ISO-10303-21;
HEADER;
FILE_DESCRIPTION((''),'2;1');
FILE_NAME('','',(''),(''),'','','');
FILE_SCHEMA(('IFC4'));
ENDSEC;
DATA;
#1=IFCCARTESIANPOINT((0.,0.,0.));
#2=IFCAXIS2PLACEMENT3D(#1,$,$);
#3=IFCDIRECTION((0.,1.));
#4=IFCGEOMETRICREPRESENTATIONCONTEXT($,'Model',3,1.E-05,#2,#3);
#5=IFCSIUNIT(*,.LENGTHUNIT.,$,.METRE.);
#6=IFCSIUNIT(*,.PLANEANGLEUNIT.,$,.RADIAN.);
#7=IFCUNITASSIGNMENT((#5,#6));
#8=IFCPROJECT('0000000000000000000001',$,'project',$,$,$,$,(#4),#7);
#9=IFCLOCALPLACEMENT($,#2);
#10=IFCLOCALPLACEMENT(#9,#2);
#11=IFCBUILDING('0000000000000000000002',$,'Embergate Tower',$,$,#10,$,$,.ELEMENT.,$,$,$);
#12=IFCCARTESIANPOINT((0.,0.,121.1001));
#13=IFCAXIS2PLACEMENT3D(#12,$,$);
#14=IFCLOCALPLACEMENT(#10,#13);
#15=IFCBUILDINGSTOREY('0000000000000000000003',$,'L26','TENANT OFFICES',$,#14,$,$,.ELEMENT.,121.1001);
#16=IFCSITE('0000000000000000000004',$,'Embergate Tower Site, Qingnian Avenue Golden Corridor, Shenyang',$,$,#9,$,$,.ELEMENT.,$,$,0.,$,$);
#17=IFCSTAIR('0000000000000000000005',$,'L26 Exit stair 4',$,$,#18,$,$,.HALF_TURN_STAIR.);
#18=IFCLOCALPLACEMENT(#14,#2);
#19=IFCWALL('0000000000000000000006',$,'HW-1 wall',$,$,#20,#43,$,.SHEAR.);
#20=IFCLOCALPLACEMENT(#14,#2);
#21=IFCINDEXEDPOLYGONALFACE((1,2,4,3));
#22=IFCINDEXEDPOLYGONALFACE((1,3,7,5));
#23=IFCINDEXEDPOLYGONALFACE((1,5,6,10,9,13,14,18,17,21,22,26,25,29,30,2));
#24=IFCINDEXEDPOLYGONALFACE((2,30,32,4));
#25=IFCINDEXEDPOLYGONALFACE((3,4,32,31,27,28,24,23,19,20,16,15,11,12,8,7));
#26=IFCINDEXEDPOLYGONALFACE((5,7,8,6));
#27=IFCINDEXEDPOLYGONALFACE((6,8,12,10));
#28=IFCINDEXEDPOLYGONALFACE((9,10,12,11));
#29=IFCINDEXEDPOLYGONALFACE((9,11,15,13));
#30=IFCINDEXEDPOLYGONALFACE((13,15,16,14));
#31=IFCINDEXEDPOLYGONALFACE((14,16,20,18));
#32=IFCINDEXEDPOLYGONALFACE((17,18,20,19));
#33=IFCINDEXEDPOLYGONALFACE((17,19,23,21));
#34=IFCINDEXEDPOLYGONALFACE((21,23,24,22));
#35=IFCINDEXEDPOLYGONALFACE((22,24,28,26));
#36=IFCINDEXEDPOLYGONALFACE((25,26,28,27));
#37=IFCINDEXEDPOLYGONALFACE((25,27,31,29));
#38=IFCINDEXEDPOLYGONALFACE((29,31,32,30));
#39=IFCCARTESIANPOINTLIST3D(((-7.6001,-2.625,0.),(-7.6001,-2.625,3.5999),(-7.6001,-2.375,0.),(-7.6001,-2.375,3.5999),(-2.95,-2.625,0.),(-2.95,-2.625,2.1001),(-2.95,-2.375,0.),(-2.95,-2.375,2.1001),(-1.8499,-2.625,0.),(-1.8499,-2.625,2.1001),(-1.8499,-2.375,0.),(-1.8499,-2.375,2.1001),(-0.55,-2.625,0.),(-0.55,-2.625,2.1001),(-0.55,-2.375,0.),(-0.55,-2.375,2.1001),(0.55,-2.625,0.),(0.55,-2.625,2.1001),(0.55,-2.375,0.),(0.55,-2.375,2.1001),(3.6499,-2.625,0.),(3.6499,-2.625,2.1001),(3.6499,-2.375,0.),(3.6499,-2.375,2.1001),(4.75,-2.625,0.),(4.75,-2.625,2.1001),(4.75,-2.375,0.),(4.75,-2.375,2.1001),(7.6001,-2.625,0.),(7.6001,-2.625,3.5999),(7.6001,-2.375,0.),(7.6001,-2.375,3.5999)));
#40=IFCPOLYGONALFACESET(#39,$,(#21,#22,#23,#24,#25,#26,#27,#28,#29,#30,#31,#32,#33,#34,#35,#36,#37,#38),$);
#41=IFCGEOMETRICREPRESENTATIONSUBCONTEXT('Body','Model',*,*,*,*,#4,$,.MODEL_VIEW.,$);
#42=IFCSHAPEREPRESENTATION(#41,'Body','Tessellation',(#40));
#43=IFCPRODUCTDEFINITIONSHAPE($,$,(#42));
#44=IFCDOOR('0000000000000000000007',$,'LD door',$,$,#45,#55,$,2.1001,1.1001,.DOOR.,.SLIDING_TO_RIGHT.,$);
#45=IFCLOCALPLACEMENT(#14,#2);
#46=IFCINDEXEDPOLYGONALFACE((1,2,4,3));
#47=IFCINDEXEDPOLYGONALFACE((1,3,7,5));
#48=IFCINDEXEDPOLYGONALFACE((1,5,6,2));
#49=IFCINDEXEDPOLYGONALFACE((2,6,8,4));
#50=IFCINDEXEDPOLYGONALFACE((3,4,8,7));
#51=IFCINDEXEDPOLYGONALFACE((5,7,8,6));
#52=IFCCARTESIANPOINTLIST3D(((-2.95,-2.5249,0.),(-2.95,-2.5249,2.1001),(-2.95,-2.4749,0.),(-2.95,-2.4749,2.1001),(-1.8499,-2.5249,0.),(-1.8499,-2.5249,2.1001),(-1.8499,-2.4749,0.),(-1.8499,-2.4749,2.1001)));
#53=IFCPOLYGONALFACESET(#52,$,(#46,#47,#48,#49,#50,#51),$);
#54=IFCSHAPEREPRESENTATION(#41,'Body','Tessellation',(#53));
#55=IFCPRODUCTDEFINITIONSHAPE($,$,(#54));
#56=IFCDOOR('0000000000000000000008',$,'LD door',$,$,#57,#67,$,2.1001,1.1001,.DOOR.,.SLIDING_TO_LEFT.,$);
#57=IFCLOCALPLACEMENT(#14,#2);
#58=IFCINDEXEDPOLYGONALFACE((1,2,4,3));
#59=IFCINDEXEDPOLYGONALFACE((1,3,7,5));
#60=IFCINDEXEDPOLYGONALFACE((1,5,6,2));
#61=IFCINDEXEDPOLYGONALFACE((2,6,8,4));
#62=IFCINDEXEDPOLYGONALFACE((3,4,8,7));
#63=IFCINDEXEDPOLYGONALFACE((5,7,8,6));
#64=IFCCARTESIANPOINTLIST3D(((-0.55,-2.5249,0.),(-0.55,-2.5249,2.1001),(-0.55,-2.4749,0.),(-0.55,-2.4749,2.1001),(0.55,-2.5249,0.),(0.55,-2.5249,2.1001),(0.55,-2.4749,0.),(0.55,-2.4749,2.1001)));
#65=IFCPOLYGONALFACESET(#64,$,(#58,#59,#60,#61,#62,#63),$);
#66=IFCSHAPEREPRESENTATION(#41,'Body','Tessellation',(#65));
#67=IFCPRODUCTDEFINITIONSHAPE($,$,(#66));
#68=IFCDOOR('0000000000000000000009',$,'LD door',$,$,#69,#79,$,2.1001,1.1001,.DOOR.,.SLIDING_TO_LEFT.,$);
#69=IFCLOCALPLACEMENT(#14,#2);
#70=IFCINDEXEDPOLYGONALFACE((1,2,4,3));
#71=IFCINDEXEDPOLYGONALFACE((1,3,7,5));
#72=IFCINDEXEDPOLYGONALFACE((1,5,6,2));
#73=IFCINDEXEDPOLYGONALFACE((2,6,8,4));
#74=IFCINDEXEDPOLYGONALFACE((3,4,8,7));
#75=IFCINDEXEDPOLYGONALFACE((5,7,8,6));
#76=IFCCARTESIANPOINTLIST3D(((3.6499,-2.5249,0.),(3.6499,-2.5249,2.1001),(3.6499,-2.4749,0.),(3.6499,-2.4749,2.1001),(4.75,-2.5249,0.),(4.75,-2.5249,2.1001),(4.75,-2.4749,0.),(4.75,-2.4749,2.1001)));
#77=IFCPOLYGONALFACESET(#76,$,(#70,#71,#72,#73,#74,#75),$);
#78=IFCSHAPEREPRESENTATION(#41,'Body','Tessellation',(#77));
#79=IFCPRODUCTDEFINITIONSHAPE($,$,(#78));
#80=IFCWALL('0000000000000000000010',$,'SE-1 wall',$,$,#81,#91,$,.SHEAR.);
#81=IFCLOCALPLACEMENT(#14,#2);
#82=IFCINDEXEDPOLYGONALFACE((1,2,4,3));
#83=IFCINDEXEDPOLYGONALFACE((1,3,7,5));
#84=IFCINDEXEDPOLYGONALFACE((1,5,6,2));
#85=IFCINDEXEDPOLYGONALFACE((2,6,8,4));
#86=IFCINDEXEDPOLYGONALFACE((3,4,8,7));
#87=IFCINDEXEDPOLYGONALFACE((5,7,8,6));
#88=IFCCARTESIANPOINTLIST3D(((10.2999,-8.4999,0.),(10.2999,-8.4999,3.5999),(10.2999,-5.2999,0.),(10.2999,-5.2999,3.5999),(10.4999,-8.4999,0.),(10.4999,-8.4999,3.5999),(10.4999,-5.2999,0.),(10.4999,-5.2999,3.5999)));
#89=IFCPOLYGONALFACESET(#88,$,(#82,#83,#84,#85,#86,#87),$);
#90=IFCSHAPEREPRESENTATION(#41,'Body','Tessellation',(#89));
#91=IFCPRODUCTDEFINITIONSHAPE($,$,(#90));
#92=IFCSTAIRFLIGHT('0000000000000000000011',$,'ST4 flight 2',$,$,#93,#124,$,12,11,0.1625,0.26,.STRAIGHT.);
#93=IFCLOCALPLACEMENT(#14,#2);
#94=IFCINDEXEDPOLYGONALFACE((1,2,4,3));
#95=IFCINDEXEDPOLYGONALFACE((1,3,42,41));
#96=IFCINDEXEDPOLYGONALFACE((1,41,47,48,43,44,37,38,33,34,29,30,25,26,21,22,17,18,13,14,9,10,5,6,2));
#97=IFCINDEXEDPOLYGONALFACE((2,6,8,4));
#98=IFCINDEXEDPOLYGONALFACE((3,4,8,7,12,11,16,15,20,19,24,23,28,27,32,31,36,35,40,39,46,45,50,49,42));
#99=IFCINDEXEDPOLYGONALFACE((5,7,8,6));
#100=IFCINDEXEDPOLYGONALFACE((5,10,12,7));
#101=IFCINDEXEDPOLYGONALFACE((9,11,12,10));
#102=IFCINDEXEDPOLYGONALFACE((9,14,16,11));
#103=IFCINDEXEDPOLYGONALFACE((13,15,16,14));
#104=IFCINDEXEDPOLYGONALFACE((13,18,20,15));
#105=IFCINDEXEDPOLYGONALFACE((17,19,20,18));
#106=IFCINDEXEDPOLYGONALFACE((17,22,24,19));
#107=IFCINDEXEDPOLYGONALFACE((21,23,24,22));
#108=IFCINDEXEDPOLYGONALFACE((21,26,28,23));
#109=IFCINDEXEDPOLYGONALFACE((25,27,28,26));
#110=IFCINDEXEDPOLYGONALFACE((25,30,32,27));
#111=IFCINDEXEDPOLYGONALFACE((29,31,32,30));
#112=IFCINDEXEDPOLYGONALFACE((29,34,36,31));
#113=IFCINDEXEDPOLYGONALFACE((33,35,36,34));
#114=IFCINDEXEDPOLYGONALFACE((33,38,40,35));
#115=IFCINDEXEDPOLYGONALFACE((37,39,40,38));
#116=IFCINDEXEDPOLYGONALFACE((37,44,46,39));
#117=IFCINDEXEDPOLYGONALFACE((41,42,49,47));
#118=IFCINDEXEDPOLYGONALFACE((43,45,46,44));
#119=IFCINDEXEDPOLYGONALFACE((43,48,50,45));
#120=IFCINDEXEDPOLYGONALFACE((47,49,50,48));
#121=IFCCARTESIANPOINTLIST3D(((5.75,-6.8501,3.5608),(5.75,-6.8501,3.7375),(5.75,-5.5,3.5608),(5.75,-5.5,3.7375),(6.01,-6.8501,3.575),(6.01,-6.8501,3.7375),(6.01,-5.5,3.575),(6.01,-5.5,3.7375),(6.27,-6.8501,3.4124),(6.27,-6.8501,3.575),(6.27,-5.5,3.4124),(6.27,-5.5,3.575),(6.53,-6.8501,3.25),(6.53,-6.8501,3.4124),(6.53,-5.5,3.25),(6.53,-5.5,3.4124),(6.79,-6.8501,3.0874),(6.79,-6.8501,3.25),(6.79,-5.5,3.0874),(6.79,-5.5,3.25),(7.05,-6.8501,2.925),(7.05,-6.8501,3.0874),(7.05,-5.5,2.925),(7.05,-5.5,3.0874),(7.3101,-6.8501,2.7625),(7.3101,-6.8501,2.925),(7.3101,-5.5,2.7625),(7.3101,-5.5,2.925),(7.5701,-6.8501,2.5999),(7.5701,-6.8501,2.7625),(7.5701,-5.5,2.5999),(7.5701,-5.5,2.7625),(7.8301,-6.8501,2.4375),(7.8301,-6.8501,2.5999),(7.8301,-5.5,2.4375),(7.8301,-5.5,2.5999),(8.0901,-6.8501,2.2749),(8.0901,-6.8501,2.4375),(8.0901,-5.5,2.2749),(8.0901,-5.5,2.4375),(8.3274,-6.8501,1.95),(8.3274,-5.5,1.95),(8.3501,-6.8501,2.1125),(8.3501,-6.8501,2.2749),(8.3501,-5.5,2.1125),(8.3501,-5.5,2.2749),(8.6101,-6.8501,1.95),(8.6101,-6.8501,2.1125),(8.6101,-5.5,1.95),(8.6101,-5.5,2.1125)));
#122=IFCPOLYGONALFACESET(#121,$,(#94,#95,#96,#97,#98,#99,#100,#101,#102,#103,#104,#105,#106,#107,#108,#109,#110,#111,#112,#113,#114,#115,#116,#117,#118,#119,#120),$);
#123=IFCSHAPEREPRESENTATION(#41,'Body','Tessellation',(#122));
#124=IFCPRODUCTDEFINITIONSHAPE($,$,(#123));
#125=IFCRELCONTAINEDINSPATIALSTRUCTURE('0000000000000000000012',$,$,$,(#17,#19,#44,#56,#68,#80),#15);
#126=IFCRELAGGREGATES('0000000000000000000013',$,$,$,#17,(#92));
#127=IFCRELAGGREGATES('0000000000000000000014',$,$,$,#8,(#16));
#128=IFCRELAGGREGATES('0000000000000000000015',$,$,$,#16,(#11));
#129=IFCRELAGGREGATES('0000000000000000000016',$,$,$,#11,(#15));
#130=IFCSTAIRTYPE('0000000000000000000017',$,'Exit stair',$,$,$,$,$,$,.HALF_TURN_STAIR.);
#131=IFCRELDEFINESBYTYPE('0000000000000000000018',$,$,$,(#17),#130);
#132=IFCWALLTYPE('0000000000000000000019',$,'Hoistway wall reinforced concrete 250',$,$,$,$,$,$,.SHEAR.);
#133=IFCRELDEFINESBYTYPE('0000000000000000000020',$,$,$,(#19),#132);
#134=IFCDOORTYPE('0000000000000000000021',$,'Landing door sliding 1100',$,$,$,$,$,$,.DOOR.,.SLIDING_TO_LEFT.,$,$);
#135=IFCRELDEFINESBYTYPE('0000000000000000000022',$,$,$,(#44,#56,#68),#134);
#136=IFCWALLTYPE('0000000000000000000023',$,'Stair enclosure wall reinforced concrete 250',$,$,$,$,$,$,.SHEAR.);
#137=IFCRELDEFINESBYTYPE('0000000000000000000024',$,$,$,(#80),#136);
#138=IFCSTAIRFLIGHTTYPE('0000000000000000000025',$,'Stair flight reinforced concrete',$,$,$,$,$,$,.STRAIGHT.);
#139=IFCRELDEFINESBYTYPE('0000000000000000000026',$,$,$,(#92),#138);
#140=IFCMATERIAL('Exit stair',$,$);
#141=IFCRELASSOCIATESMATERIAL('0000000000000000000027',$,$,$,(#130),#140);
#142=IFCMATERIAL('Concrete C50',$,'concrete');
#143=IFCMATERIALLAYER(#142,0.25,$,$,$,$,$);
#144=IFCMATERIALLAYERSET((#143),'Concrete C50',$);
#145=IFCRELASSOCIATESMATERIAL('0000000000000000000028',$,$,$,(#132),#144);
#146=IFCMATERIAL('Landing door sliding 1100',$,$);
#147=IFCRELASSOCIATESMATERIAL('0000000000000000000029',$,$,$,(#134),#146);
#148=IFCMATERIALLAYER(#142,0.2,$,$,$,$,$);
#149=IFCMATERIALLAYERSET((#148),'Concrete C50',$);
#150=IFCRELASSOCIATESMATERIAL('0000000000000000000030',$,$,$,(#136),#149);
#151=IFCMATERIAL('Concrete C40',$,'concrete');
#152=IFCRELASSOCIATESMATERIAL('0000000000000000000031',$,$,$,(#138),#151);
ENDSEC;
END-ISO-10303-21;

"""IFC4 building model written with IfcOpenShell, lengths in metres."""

from ifc_helpers import new_model, si_unit, direction, frame, frame_2d, origin, place, context, subcontext, project, spatial, polyline, rectangle, outline, extrude, source, transform, mapped, material, layer, layer_set, type_object, element, fill, aggregate, save


model = new_model("IFC4")

# Units and contexts
model_context = context("Model", 3, precision=1e-05, world=origin(), true_north=direction((0.0, 1.0)))
body_context = subcontext(model_context, "Body", "Model", "MODEL_VIEW")
ifc_project = project(units=[si_unit("LENGTHUNIT", "METRE"), si_unit("PLANEANGLEUNIT", "RADIAN")], contexts=[model_context])

# Site, building, storey
site_placement = place(None, origin())
site = spatial("IfcSite", under=ifc_project, at=site_placement, Name="Embergate Tower Site, Qingnian Avenue Golden Corridor, Shenyang", CompositionType="ELEMENT", RefElevation=0.0)
building_placement = place(site_placement, origin())
building = spatial("IfcBuilding", under=site, at=building_placement, Name="Embergate Tower", CompositionType="ELEMENT")
storey_placement = place(building_placement, frame((0.0, 0.0, 121.1001)))
storey = spatial("IfcBuildingStorey", under=building, at=storey_placement, Name="L26", Description="TENANT OFFICES", CompositionType="ELEMENT", Elevation=121.1001)

# Stair
ifc_material_1 = material(Name="Exit stair")
stair_type = type_object("IfcStairType", Name="Exit stair", PredefinedType="HALF_TURN_STAIR", material=ifc_material_1)
stair_placement = place(storey_placement, origin())
stair = element("IfcStair", 1, at=stair_placement, inside=storey, type_object=stair_type, Name="L26 Exit stair 4", PredefinedType="HALF_TURN_STAIR")
ifc_material_2 = material(Name="Concrete C40", Category="concrete")

# Shared definitions
ifc_material_3 = material(Name="Concrete C50", Category="concrete")
ifc_layer_1 = layer(ifc_material_3, 0.25)
ifc_layer_set_1 = layer_set([ifc_layer_1], Name="Concrete C50")
wall_type_1 = type_object("IfcWallType", Name="Hoistway wall reinforced concrete 250", PredefinedType="SHEAR", material=ifc_layer_set_1)

# Wall, openings, doors
shared_shape_1 = source(origin(), body_context, "Body", "SweptSolid", [
    extrude(rectangle(XDim=15.2002, YDim=0.25, at=frame_2d((7.6001, 0.0))), origin(), (0.0, 0.0, 1.0), 3.5999),
])
wall_1_placement = place(storey_placement, frame((7.6001, -2.5, 0.0), z_axis=(0.0, 0.0, 1.0), x_axis=(-1.0, 0.0, 0.0)))
wall_1 = element("IfcWall", 2, at=wall_1_placement, inside=storey, type_object=wall_type_1, Name="HW-1 wall", PredefinedType="SHEAR", context=body_context, shape_type="MappedRepresentation", body=[
    mapped(shared_shape_1, transform((0.0, 0.0, 0.0))),
])
shared_shape_2 = source(origin(), body_context, "Body", "SweptSolid", [
    extrude(rectangle(XDim=1.1001, YDim=2.1001, at=frame_2d((0.55, 1.05))), frame((0.0, 0.135, 0.0), z_axis=(0.0, -1.0, 0.0), x_axis=(1.0, 0.0, 0.0)), (0.0, 0.0, 1.0), 0.27),
])
opening_1_placement = place(wall_1_placement, frame((9.45, 0.0, 0.0)))
opening_1 = element("IfcOpeningElement", 3, at=opening_1_placement, cuts=wall_1, PredefinedType="OPENING", context=body_context, shape_type="MappedRepresentation", body=[
    mapped(shared_shape_2, transform((0.0, 0.0, 0.0))),
])
opening_2_placement = place(wall_1_placement, frame((7.05, 0.0, 0.0)))
opening_2 = element("IfcOpeningElement", 4, at=opening_2_placement, cuts=wall_1, PredefinedType="OPENING", context=body_context, shape_type="MappedRepresentation", body=[
    mapped(shared_shape_2, transform((0.0, 0.0, 0.0))),
])
opening_3_placement = place(wall_1_placement, frame((2.8501, 0.0, 0.0)))
opening_3 = element("IfcOpeningElement", 5, at=opening_3_placement, cuts=wall_1, PredefinedType="OPENING", context=body_context, shape_type="MappedRepresentation", body=[
    mapped(shared_shape_2, transform((0.0, 0.0, 0.0))),
])
ifc_material_4 = material(Name="Landing door sliding 1100")
door_type_1 = type_object("IfcDoorType", Name="Landing door sliding 1100", OperationType="SLIDING_TO_LEFT", PredefinedType="DOOR", material=ifc_material_4)
shared_shape_3 = source(origin(), body_context, "Body", "SweptSolid", [
    extrude(rectangle(XDim=1.1001, YDim=2.1001, at=frame_2d((0.55, 1.05))), frame((0.0, 0.0249, 0.0), z_axis=(0.0, -1.0, 0.0), x_axis=(1.0, 0.0, 0.0)), (0.0, 0.0, 1.0), 0.05),
])
door_1_placement = place(opening_1_placement, origin())
door_1 = element("IfcDoor", 6, at=door_1_placement, inside=storey, type_object=door_type_1, Name="LD door", OperationType="SLIDING_TO_RIGHT", OverallHeight=2.1001, OverallWidth=1.1001, PredefinedType="DOOR", context=body_context, shape_type="MappedRepresentation", body=[
    mapped(shared_shape_3, transform((0.0, 0.0, 0.0))),
])
fill(opening_1, door_1)
door_2_placement = place(opening_2_placement, origin())
door_2 = element("IfcDoor", 7, at=door_2_placement, inside=storey, type_object=door_type_1, Name="LD door", OperationType="SLIDING_TO_LEFT", OverallHeight=2.1001, OverallWidth=1.1001, PredefinedType="DOOR", context=body_context, shape_type="MappedRepresentation", body=[
    mapped(shared_shape_3, transform((0.0, 0.0, 0.0))),
])
fill(opening_2, door_2)
door_3_placement = place(opening_3_placement, origin())
door_3 = element("IfcDoor", 8, at=door_3_placement, inside=storey, type_object=door_type_1, Name="LD door", OperationType="SLIDING_TO_LEFT", OverallHeight=2.1001, OverallWidth=1.1001, PredefinedType="DOOR", context=body_context, shape_type="MappedRepresentation", body=[
    mapped(shared_shape_3, transform((0.0, 0.0, 0.0))),
])
fill(opening_3, door_3)

# Wall
ifc_layer_2 = layer(ifc_material_3, 0.2)
ifc_layer_set_2 = layer_set([ifc_layer_2], Name="Concrete C50")
wall_type_2 = type_object("IfcWallType", Name="Stair enclosure wall reinforced concrete 250", PredefinedType="SHEAR", material=ifc_layer_set_2)
shared_shape_4 = source(origin(), body_context, "Body", "SweptSolid", [
    extrude(rectangle(XDim=3.2, YDim=0.2, at=frame_2d((1.6001, 0.0))), origin(), (0.0, 0.0, 1.0), 3.5999),
])
wall_2_placement = place(storey_placement, frame((10.3999, -8.5, 0.0), z_axis=(0.0, 0.0, 1.0), x_axis=(0.0, 1.0, 0.0)))
element("IfcWall", 9, at=wall_2_placement, inside=storey, type_object=wall_type_2, Name="SE-1 wall", PredefinedType="SHEAR", context=body_context, shape_type="MappedRepresentation", body=[
    mapped(shared_shape_4, transform((0.0, 0.0, 0.0))),
])

# Stair flight
stair_flight_type = type_object("IfcStairFlightType", Name="Stair flight reinforced concrete", PredefinedType="STRAIGHT", material=ifc_material_2)
shared_shape_5 = source(origin(), body_context, "Body", "SweptSolid", [
    extrude(outline(polyline([(0.0, 0.0), (0.0, 0.1626), (0.26, 0.1626), (0.26, 0.325), (0.52, 0.325), (0.52, 0.4875), (0.78, 0.4875), (0.78, 0.6499), (1.04, 0.6499), (1.04, 0.8125), (1.3, 0.8125), (1.3, 0.9751), (1.5601, 0.9751), (1.5601, 1.1375), (1.8201, 1.1375), (1.8201, 1.3), (2.0801, 1.3), (2.0801, 1.4624), (2.3401, 1.4624), (2.3401, 1.625), (2.6001, 1.625), (2.6001, 1.7876), (2.8601, 1.7876), (2.8601, 1.95), (2.8601, 1.6108), (0.2827, 0.0), (0.0, 0.0)])), frame((0.0, 0.675, 0.0), z_axis=(0.0, -1.0, 0.0), x_axis=(1.0, 0.0, 0.0)), (0.0, 0.0, 1.0), 1.3501),
])
stair_flight_placement = place(storey_placement, frame((8.6101, -6.175, 1.95), z_axis=(0.0, 0.0, 1.0), x_axis=(-1.0, 0.0, 0.0)))
stair_flight = element("IfcStairFlight", 10, at=stair_flight_placement, type_object=stair_flight_type, Name="ST4 flight 2", NumberOfRisers=12, NumberOfTreads=11, PredefinedType="STRAIGHT", RiserHeight=0.1625, TreadLength=0.26, context=body_context, shape_type="MappedRepresentation", body=[
    mapped(shared_shape_5, transform((0.0, 0.0, 0.0))),
])
aggregate(stair, [stair_flight])

save(model, "model.ifc")
